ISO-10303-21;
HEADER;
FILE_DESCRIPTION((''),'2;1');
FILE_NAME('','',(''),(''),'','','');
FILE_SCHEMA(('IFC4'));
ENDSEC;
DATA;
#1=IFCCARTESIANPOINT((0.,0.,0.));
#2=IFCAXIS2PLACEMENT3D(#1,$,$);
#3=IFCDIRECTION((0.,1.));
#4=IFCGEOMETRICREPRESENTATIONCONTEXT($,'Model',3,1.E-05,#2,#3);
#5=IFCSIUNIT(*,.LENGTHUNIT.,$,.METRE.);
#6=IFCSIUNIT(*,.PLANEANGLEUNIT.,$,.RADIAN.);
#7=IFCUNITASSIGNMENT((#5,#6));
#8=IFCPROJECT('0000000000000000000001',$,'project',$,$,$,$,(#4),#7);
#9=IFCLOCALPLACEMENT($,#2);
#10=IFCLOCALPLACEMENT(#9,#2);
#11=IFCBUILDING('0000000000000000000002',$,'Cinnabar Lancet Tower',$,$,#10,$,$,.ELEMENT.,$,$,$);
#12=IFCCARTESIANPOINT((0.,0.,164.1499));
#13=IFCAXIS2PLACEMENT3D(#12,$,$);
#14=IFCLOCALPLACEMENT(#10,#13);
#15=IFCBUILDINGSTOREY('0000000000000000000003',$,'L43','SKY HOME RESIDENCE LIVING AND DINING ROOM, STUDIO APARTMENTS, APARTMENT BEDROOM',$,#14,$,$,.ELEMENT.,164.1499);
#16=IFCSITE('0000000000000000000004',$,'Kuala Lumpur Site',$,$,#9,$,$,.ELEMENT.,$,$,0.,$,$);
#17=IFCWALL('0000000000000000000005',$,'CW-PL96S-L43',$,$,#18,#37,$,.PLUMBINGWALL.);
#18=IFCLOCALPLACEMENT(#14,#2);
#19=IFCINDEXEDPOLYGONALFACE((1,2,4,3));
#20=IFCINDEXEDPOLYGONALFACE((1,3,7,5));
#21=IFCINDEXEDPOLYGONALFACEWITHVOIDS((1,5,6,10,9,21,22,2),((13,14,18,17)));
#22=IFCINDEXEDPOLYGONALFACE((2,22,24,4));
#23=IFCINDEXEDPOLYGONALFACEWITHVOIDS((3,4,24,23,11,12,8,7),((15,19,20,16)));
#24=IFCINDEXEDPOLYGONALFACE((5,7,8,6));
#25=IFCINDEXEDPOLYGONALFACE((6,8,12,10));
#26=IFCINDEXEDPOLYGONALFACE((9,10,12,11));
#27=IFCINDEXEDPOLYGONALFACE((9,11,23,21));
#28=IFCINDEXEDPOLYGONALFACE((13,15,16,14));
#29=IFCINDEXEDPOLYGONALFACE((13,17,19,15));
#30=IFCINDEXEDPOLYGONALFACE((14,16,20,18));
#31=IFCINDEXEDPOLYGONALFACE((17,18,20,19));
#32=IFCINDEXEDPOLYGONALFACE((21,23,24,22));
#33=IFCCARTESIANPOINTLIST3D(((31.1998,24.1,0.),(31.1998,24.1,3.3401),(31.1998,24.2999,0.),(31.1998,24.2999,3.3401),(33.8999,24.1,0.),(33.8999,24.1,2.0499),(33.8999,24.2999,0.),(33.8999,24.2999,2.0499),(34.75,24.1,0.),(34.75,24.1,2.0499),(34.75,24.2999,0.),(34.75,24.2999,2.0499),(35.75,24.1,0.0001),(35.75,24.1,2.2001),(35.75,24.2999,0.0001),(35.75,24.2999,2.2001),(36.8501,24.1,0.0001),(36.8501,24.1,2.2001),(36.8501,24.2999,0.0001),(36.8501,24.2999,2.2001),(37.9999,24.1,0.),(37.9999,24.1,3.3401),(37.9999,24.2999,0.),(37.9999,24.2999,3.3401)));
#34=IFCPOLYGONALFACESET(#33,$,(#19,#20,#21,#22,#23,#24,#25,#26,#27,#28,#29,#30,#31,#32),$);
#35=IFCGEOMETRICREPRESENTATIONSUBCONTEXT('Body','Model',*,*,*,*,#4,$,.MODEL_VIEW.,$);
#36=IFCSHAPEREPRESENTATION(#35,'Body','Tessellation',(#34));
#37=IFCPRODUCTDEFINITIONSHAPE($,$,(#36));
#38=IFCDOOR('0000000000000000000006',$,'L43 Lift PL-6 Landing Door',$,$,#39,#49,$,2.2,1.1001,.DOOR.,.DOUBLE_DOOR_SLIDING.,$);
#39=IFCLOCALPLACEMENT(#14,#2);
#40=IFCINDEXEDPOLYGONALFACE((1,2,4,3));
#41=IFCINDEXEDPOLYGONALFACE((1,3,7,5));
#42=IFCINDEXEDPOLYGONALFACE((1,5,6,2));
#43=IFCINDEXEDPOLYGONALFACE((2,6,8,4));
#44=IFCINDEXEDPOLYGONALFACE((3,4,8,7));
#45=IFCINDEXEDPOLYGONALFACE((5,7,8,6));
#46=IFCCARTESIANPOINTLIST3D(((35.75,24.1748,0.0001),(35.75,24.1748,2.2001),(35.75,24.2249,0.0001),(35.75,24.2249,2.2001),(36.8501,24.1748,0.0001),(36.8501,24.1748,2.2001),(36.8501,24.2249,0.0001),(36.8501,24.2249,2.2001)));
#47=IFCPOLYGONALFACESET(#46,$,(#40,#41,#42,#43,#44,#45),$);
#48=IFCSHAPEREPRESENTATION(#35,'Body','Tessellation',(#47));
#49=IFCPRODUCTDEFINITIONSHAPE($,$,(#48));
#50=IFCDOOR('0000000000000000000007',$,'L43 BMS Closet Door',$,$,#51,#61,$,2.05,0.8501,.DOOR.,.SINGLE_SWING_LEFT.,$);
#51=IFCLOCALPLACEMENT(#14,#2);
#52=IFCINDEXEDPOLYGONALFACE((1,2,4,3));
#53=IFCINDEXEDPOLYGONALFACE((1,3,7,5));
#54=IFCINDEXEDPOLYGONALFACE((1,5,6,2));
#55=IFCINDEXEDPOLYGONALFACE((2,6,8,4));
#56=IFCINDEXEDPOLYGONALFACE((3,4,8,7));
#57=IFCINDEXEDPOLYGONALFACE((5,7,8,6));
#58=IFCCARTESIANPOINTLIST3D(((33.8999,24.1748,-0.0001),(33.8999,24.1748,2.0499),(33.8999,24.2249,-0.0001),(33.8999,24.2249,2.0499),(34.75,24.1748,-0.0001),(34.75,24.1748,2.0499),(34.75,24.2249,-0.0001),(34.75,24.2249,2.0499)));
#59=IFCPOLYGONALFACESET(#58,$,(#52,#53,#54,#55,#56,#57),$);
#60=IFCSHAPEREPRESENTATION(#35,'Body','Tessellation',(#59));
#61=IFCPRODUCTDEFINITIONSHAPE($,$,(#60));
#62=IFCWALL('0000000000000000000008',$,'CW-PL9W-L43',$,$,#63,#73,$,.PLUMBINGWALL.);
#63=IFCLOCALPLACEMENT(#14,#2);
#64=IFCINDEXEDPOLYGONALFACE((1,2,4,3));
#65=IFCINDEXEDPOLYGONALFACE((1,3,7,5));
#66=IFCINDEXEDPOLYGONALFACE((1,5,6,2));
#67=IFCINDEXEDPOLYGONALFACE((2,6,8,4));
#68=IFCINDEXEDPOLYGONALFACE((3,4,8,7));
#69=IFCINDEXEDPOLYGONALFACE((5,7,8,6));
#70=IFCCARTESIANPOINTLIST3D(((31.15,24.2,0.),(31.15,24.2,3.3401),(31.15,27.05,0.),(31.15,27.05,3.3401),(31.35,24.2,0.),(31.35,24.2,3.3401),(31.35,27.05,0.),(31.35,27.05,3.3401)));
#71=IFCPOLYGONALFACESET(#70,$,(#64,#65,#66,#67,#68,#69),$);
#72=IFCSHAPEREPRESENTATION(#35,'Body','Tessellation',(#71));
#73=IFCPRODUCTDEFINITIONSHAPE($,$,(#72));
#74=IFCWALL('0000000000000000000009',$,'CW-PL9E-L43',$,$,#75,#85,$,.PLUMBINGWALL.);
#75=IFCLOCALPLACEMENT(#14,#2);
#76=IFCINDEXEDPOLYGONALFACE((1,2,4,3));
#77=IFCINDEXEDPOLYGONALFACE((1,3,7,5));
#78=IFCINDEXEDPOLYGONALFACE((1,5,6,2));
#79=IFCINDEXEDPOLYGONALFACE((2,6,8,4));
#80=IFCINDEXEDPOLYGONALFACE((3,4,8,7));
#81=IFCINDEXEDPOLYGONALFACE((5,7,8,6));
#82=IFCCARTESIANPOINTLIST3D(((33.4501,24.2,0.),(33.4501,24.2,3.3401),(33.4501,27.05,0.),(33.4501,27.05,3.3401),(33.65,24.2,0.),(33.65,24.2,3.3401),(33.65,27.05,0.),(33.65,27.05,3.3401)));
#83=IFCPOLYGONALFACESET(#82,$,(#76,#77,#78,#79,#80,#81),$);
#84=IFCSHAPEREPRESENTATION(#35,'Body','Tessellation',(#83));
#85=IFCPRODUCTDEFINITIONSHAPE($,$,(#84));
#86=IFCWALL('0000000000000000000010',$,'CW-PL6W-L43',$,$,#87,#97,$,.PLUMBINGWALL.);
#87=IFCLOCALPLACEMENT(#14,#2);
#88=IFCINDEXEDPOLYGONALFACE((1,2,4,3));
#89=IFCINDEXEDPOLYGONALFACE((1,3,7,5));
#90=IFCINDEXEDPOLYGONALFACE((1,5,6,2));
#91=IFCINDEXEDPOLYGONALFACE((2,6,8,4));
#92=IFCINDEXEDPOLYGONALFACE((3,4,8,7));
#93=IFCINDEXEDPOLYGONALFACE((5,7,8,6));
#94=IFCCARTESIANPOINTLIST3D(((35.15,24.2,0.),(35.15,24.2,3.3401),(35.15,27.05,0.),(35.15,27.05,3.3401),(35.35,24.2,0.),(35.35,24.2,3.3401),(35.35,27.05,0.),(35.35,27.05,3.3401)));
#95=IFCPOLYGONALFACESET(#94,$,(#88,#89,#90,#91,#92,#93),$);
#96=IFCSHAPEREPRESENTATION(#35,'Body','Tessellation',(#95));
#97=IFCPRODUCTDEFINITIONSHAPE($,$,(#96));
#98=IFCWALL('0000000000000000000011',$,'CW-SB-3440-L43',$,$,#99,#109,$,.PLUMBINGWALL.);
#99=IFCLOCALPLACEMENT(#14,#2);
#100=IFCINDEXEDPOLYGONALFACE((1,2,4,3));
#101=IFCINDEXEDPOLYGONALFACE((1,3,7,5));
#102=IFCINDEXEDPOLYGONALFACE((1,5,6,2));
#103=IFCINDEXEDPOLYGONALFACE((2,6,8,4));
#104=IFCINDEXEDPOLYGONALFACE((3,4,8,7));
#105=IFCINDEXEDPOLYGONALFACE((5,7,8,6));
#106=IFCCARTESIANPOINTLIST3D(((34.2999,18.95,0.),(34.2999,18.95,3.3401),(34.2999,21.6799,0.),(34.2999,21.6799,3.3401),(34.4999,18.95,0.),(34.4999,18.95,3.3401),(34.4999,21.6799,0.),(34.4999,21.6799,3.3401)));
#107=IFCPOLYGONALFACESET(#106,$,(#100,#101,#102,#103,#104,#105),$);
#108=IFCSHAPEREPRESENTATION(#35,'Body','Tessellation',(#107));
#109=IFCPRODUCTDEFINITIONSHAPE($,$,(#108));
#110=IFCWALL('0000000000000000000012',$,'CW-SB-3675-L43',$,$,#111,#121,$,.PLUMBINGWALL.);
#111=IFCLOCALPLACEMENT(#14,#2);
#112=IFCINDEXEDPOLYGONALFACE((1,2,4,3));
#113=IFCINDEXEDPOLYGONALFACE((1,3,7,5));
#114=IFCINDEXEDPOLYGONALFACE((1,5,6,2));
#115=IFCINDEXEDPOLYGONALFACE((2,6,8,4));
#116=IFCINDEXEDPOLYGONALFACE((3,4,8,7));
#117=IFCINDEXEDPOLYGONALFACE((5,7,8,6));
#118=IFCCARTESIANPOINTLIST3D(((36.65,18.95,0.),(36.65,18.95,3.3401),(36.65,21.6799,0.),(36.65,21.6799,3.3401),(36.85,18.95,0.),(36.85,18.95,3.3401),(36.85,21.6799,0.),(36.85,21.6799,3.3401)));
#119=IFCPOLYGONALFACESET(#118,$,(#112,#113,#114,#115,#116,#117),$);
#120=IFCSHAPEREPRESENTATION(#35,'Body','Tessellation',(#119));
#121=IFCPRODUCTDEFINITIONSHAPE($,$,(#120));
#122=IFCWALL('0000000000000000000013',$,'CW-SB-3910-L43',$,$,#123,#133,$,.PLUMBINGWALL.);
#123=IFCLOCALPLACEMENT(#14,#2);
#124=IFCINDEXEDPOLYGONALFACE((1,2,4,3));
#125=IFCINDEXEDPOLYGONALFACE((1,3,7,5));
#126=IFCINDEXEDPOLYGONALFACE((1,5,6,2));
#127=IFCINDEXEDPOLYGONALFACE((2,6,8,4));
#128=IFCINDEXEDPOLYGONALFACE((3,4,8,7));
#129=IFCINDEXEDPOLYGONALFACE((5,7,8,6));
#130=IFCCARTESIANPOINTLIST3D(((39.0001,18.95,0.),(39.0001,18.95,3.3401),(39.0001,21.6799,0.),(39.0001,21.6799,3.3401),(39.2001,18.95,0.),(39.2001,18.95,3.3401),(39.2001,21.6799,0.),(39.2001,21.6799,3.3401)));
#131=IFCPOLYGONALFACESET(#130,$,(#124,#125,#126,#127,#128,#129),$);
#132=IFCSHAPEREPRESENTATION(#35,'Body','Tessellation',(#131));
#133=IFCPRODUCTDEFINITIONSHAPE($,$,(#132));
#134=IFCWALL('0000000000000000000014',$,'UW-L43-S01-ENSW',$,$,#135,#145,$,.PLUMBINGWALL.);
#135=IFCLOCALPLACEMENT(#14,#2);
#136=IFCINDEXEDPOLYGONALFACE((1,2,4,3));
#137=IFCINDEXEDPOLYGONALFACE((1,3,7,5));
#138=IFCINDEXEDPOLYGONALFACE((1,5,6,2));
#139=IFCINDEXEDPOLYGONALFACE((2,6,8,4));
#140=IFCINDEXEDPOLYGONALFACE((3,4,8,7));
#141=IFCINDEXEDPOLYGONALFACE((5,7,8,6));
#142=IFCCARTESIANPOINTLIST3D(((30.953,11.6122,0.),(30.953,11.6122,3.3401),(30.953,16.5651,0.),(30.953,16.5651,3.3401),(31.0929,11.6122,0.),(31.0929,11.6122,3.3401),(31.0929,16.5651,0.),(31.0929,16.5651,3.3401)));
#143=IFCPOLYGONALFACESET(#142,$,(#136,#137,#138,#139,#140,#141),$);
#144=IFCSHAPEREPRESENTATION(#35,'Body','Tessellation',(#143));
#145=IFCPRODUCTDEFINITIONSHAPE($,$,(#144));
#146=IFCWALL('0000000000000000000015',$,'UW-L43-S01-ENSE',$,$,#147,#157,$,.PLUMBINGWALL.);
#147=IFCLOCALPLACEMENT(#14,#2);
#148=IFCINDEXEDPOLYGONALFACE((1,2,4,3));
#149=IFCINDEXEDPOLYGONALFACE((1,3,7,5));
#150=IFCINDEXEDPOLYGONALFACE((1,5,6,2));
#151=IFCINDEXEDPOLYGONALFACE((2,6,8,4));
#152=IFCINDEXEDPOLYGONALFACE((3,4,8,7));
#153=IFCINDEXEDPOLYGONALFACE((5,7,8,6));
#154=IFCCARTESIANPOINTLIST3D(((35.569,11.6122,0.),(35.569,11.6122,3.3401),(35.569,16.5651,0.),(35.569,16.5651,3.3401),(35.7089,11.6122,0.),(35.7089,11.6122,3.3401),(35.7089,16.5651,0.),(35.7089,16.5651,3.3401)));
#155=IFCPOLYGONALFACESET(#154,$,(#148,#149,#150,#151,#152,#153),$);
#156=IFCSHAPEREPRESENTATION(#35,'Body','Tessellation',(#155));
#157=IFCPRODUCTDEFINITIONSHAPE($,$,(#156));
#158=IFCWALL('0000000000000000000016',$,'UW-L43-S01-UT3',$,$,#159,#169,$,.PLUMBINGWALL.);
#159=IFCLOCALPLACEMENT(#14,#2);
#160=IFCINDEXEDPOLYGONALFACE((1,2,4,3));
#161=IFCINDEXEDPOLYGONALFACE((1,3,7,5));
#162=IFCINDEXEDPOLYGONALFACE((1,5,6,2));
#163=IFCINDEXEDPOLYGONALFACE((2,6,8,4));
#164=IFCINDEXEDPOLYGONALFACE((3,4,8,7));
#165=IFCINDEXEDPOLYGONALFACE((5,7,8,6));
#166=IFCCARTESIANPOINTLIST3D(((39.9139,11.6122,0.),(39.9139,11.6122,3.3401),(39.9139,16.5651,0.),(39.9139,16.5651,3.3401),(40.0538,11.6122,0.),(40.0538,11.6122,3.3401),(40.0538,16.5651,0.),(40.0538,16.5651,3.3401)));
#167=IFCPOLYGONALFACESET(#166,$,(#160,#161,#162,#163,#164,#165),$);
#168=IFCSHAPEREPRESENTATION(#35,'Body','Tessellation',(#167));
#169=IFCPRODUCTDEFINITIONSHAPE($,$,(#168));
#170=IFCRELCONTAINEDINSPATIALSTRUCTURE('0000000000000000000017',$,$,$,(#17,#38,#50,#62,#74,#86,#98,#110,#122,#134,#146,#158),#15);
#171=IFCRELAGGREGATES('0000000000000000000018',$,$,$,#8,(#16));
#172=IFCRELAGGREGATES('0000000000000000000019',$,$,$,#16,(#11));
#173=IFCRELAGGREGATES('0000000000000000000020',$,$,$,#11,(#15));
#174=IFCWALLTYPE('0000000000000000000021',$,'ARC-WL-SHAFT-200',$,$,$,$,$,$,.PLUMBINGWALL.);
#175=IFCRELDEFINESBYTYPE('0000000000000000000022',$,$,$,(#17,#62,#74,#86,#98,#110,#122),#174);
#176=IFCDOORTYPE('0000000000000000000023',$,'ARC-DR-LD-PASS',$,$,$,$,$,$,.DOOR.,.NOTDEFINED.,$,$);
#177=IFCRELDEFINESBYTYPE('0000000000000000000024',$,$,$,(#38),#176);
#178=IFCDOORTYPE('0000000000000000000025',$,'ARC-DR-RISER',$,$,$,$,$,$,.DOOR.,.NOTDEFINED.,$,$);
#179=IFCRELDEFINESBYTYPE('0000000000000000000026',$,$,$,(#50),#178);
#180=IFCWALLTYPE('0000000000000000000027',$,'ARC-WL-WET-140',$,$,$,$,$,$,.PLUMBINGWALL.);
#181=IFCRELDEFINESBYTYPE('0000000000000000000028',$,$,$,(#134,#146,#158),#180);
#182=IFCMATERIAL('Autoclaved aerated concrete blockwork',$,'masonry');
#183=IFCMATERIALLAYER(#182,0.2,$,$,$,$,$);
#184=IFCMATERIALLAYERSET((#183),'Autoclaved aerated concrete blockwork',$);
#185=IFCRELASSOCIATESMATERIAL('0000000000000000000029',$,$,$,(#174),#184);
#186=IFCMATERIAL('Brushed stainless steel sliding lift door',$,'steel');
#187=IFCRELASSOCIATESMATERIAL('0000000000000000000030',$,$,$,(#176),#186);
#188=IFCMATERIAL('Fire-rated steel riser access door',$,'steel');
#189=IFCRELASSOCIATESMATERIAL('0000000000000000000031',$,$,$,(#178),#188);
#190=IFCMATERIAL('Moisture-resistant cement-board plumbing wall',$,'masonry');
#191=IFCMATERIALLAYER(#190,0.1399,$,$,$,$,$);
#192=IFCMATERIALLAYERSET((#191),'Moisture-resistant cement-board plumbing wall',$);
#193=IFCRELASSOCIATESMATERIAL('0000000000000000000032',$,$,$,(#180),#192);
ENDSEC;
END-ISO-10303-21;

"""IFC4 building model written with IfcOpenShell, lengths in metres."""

from ifc_helpers import new_model, si_unit, direction, frame, frame_2d, origin, place, context, subcontext, project, spatial, rectangle, extrude, material, layer, layer_set, type_object, element, fill, save


model = new_model("IFC4")

# Units and contexts
model_context = context("Model", 3, precision=1e-05, world=origin(), true_north=direction((0.0, 1.0)))
body_context = subcontext(model_context, "Body", "Model", "MODEL_VIEW")
ifc_project = project(units=[si_unit("LENGTHUNIT", "METRE"), si_unit("PLANEANGLEUNIT", "RADIAN")], contexts=[model_context])

# Site, building, storey
site_placement = place(None, origin())
site = spatial("IfcSite", under=ifc_project, at=site_placement, Name="Kuala Lumpur Site", CompositionType="ELEMENT", RefElevation=0.0)
building_placement = place(site_placement, origin())
building = spatial("IfcBuilding", under=site, at=building_placement, Name="Cinnabar Lancet Tower", CompositionType="ELEMENT")
storey_placement = place(building_placement, frame((0.0, 0.0, 164.1499)))
storey = spatial("IfcBuildingStorey", under=building, at=storey_placement, Name="L43", Description="SKY HOME RESIDENCE LIVING AND DINING ROOM, STUDIO APARTMENTS, APARTMENT BEDROOM", CompositionType="ELEMENT", Elevation=164.1499)

# Shared definitions
ifc_material_1 = material(Name="Autoclaved aerated concrete blockwork", Category="masonry")
ifc_layer_1 = layer(ifc_material_1, 0.2)
ifc_layer_set_1 = layer_set([ifc_layer_1], Name="Autoclaved aerated concrete blockwork")
wall_type_1 = type_object("IfcWallType", Name="ARC-WL-SHAFT-200", PredefinedType="PLUMBINGWALL", material=ifc_layer_set_1)

# Wall, openings, doors
wall_1_placement = place(storey_placement, frame((31.2, 24.2, 0.0), z_axis=(0.0, 0.0, 1.0), x_axis=(1.0, 0.0, 0.0)))
wall_1 = element("IfcWall", 1, at=wall_1_placement, inside=storey, type_object=wall_type_1, Name="CW-PL96S-L43", PredefinedType="PLUMBINGWALL", context=body_context, shape_type="SweptSolid", body=[
    extrude(rectangle(XDim=6.8, YDim=0.2, at=frame_2d((3.3999, 0.0))), origin(), (0.0, 0.0, 1.0), 3.3401),
])
opening_1_placement = place(wall_1_placement, frame((2.7, 0.0, 0.0)))
opening_1 = element("IfcOpeningElement", 2, at=opening_1_placement, cuts=wall_1, PredefinedType="OPENING", context=body_context, shape_type="SweptSolid", body=[
    extrude(rectangle(XDim=0.8501, YDim=2.05, at=frame_2d((0.425, 1.0249))), frame((0.0, 0.1099, 0.0), z_axis=(0.0, -1.0, 0.0), x_axis=(1.0, 0.0, 0.0)), (0.0, 0.0, 1.0), 0.22),
])
opening_2_placement = place(wall_1_placement, frame((4.55, 0.0, 0.0)))
opening_2 = element("IfcOpeningElement", 3, at=opening_2_placement, cuts=wall_1, PredefinedType="OPENING", context=body_context, shape_type="SweptSolid", body=[
    extrude(rectangle(XDim=1.1001, YDim=2.2, at=frame_2d((0.55, 1.1001))), frame((0.0, 0.1099, 0.0), z_axis=(0.0, -1.0, 0.0), x_axis=(1.0, 0.0, 0.0)), (0.0, 0.0, 1.0), 0.22),
])
ifc_material_2 = material(Name="Brushed stainless steel sliding lift door", Category="steel")
door_type_1 = type_object("IfcDoorType", Name="ARC-DR-LD-PASS", OperationType="NOTDEFINED", PredefinedType="DOOR", material=ifc_material_2)
door_1_placement = place(opening_2_placement, origin())
door_1 = element("IfcDoor", 4, at=door_1_placement, inside=storey, type_object=door_type_1, Name="L43 Lift PL-6 Landing Door", OperationType="DOUBLE_DOOR_SLIDING", OverallHeight=2.2, OverallWidth=1.1001, PredefinedType="DOOR", context=body_context, shape_type="SweptSolid", body=[
    extrude(rectangle(XDim=1.1001, YDim=2.2, at=frame_2d((0.55, 1.1001))), frame((0.0, 0.0249, 0.0), z_axis=(0.0, -1.0, 0.0), x_axis=(1.0, 0.0, 0.0)), (0.0, 0.0, 1.0), 0.05),
])
fill(opening_2, door_1)
ifc_material_3 = material(Name="Fire-rated steel riser access door", Category="steel")
door_type_2 = type_object("IfcDoorType", Name="ARC-DR-RISER", OperationType="NOTDEFINED", PredefinedType="DOOR", material=ifc_material_3)
door_2_placement = place(opening_1_placement, origin())
door_2 = element("IfcDoor", 5, at=door_2_placement, inside=storey, type_object=door_type_2, Name="L43 BMS Closet Door", OperationType="SINGLE_SWING_LEFT", OverallHeight=2.05, OverallWidth=0.8501, PredefinedType="DOOR", context=body_context, shape_type="SweptSolid", body=[
    extrude(rectangle(XDim=0.8501, YDim=2.05, at=frame_2d((0.425, 1.0249))), frame((0.0, 0.0249, 0.0), z_axis=(0.0, -1.0, 0.0), x_axis=(1.0, 0.0, 0.0)), (0.0, 0.0, 1.0), 0.05),
])
fill(opening_1, door_2)

# Walls
for number, where, z_axis, x_axis, name in (
    (6, (31.25, 24.2, 0.0), (0.0, 0.0, 1.0), (0.0, 1.0, 0.0), "CW-PL9W-L43"),
    (7, (33.55, 24.2, 0.0), (0.0, 0.0, 1.0), (0.0, 1.0, 0.0), "CW-PL9E-L43"),
    (8, (35.25, 24.2, 0.0), (0.0, 0.0, 1.0), (0.0, 1.0, 0.0), "CW-PL6W-L43"),
):
    element("IfcWall", number, at=place(storey_placement, frame(where, z_axis=z_axis, x_axis=x_axis)), inside=storey, type_object=wall_type_1, Name=name, PredefinedType="PLUMBINGWALL", context=body_context, shape_type="SweptSolid", body=[
        extrude(rectangle(XDim=2.8501, YDim=0.2, at=frame_2d((1.425, 0.0))), origin(), (0.0, 0.0, 1.0), 3.3401),
    ])
for number, where, z_axis, x_axis, name in (
    (9, (34.3999, 18.95, 0.0), (0.0, 0.0, 1.0), (0.0, 1.0, 0.0), "CW-SB-3440-L43"),
    (10, (36.75, 18.95, 0.0), (0.0, 0.0, 1.0), (0.0, 1.0, 0.0), "CW-SB-3675-L43"),
    (11, (39.1001, 18.95, 0.0), (0.0, 0.0, 1.0), (0.0, 1.0, 0.0), "CW-SB-3910-L43"),
):
    element("IfcWall", number, at=place(storey_placement, frame(where, z_axis=z_axis, x_axis=x_axis)), inside=storey, type_object=wall_type_1, Name=name, PredefinedType="PLUMBINGWALL", context=body_context, shape_type="SweptSolid", body=[
        extrude(rectangle(XDim=2.73, YDim=0.2, at=frame_2d((1.365, 0.0))), origin(), (0.0, 0.0, 1.0), 3.3401),
    ])
ifc_material_4 = material(Name="Moisture-resistant cement-board plumbing wall", Category="masonry")
ifc_layer_2 = layer(ifc_material_4, 0.1399)
ifc_layer_set_2 = layer_set([ifc_layer_2], Name="Moisture-resistant cement-board plumbing wall")
wall_type_2 = type_object("IfcWallType", Name="ARC-WL-WET-140", PredefinedType="PLUMBINGWALL", material=ifc_layer_set_2)
for number, where, z_axis, x_axis, name in (
    (12, (31.0229, 11.6121, 0.0), (0.0, 0.0, 1.0), (0.0, 1.0, 0.0), "UW-L43-S01-ENSW"),
    (13, (35.6389, 11.6121, 0.0), (0.0, 0.0, 1.0), (0.0, 1.0, 0.0), "UW-L43-S01-ENSE"),
    (14, (39.9839, 11.6121, 0.0), (0.0, 0.0, 1.0), (0.0, 1.0, 0.0), "UW-L43-S01-UT3"),
):
    element("IfcWall", number, at=place(storey_placement, frame(where, z_axis=z_axis, x_axis=x_axis)), inside=storey, type_object=wall_type_2, Name=name, PredefinedType="PLUMBINGWALL", context=body_context, shape_type="SweptSolid", body=[
        extrude(rectangle(XDim=4.9529, YDim=0.1399, at=frame_2d((2.4766, 0.0))), origin(), (0.0, 0.0, 1.0), 3.3401),
    ])

save(model, "model.ifc")
